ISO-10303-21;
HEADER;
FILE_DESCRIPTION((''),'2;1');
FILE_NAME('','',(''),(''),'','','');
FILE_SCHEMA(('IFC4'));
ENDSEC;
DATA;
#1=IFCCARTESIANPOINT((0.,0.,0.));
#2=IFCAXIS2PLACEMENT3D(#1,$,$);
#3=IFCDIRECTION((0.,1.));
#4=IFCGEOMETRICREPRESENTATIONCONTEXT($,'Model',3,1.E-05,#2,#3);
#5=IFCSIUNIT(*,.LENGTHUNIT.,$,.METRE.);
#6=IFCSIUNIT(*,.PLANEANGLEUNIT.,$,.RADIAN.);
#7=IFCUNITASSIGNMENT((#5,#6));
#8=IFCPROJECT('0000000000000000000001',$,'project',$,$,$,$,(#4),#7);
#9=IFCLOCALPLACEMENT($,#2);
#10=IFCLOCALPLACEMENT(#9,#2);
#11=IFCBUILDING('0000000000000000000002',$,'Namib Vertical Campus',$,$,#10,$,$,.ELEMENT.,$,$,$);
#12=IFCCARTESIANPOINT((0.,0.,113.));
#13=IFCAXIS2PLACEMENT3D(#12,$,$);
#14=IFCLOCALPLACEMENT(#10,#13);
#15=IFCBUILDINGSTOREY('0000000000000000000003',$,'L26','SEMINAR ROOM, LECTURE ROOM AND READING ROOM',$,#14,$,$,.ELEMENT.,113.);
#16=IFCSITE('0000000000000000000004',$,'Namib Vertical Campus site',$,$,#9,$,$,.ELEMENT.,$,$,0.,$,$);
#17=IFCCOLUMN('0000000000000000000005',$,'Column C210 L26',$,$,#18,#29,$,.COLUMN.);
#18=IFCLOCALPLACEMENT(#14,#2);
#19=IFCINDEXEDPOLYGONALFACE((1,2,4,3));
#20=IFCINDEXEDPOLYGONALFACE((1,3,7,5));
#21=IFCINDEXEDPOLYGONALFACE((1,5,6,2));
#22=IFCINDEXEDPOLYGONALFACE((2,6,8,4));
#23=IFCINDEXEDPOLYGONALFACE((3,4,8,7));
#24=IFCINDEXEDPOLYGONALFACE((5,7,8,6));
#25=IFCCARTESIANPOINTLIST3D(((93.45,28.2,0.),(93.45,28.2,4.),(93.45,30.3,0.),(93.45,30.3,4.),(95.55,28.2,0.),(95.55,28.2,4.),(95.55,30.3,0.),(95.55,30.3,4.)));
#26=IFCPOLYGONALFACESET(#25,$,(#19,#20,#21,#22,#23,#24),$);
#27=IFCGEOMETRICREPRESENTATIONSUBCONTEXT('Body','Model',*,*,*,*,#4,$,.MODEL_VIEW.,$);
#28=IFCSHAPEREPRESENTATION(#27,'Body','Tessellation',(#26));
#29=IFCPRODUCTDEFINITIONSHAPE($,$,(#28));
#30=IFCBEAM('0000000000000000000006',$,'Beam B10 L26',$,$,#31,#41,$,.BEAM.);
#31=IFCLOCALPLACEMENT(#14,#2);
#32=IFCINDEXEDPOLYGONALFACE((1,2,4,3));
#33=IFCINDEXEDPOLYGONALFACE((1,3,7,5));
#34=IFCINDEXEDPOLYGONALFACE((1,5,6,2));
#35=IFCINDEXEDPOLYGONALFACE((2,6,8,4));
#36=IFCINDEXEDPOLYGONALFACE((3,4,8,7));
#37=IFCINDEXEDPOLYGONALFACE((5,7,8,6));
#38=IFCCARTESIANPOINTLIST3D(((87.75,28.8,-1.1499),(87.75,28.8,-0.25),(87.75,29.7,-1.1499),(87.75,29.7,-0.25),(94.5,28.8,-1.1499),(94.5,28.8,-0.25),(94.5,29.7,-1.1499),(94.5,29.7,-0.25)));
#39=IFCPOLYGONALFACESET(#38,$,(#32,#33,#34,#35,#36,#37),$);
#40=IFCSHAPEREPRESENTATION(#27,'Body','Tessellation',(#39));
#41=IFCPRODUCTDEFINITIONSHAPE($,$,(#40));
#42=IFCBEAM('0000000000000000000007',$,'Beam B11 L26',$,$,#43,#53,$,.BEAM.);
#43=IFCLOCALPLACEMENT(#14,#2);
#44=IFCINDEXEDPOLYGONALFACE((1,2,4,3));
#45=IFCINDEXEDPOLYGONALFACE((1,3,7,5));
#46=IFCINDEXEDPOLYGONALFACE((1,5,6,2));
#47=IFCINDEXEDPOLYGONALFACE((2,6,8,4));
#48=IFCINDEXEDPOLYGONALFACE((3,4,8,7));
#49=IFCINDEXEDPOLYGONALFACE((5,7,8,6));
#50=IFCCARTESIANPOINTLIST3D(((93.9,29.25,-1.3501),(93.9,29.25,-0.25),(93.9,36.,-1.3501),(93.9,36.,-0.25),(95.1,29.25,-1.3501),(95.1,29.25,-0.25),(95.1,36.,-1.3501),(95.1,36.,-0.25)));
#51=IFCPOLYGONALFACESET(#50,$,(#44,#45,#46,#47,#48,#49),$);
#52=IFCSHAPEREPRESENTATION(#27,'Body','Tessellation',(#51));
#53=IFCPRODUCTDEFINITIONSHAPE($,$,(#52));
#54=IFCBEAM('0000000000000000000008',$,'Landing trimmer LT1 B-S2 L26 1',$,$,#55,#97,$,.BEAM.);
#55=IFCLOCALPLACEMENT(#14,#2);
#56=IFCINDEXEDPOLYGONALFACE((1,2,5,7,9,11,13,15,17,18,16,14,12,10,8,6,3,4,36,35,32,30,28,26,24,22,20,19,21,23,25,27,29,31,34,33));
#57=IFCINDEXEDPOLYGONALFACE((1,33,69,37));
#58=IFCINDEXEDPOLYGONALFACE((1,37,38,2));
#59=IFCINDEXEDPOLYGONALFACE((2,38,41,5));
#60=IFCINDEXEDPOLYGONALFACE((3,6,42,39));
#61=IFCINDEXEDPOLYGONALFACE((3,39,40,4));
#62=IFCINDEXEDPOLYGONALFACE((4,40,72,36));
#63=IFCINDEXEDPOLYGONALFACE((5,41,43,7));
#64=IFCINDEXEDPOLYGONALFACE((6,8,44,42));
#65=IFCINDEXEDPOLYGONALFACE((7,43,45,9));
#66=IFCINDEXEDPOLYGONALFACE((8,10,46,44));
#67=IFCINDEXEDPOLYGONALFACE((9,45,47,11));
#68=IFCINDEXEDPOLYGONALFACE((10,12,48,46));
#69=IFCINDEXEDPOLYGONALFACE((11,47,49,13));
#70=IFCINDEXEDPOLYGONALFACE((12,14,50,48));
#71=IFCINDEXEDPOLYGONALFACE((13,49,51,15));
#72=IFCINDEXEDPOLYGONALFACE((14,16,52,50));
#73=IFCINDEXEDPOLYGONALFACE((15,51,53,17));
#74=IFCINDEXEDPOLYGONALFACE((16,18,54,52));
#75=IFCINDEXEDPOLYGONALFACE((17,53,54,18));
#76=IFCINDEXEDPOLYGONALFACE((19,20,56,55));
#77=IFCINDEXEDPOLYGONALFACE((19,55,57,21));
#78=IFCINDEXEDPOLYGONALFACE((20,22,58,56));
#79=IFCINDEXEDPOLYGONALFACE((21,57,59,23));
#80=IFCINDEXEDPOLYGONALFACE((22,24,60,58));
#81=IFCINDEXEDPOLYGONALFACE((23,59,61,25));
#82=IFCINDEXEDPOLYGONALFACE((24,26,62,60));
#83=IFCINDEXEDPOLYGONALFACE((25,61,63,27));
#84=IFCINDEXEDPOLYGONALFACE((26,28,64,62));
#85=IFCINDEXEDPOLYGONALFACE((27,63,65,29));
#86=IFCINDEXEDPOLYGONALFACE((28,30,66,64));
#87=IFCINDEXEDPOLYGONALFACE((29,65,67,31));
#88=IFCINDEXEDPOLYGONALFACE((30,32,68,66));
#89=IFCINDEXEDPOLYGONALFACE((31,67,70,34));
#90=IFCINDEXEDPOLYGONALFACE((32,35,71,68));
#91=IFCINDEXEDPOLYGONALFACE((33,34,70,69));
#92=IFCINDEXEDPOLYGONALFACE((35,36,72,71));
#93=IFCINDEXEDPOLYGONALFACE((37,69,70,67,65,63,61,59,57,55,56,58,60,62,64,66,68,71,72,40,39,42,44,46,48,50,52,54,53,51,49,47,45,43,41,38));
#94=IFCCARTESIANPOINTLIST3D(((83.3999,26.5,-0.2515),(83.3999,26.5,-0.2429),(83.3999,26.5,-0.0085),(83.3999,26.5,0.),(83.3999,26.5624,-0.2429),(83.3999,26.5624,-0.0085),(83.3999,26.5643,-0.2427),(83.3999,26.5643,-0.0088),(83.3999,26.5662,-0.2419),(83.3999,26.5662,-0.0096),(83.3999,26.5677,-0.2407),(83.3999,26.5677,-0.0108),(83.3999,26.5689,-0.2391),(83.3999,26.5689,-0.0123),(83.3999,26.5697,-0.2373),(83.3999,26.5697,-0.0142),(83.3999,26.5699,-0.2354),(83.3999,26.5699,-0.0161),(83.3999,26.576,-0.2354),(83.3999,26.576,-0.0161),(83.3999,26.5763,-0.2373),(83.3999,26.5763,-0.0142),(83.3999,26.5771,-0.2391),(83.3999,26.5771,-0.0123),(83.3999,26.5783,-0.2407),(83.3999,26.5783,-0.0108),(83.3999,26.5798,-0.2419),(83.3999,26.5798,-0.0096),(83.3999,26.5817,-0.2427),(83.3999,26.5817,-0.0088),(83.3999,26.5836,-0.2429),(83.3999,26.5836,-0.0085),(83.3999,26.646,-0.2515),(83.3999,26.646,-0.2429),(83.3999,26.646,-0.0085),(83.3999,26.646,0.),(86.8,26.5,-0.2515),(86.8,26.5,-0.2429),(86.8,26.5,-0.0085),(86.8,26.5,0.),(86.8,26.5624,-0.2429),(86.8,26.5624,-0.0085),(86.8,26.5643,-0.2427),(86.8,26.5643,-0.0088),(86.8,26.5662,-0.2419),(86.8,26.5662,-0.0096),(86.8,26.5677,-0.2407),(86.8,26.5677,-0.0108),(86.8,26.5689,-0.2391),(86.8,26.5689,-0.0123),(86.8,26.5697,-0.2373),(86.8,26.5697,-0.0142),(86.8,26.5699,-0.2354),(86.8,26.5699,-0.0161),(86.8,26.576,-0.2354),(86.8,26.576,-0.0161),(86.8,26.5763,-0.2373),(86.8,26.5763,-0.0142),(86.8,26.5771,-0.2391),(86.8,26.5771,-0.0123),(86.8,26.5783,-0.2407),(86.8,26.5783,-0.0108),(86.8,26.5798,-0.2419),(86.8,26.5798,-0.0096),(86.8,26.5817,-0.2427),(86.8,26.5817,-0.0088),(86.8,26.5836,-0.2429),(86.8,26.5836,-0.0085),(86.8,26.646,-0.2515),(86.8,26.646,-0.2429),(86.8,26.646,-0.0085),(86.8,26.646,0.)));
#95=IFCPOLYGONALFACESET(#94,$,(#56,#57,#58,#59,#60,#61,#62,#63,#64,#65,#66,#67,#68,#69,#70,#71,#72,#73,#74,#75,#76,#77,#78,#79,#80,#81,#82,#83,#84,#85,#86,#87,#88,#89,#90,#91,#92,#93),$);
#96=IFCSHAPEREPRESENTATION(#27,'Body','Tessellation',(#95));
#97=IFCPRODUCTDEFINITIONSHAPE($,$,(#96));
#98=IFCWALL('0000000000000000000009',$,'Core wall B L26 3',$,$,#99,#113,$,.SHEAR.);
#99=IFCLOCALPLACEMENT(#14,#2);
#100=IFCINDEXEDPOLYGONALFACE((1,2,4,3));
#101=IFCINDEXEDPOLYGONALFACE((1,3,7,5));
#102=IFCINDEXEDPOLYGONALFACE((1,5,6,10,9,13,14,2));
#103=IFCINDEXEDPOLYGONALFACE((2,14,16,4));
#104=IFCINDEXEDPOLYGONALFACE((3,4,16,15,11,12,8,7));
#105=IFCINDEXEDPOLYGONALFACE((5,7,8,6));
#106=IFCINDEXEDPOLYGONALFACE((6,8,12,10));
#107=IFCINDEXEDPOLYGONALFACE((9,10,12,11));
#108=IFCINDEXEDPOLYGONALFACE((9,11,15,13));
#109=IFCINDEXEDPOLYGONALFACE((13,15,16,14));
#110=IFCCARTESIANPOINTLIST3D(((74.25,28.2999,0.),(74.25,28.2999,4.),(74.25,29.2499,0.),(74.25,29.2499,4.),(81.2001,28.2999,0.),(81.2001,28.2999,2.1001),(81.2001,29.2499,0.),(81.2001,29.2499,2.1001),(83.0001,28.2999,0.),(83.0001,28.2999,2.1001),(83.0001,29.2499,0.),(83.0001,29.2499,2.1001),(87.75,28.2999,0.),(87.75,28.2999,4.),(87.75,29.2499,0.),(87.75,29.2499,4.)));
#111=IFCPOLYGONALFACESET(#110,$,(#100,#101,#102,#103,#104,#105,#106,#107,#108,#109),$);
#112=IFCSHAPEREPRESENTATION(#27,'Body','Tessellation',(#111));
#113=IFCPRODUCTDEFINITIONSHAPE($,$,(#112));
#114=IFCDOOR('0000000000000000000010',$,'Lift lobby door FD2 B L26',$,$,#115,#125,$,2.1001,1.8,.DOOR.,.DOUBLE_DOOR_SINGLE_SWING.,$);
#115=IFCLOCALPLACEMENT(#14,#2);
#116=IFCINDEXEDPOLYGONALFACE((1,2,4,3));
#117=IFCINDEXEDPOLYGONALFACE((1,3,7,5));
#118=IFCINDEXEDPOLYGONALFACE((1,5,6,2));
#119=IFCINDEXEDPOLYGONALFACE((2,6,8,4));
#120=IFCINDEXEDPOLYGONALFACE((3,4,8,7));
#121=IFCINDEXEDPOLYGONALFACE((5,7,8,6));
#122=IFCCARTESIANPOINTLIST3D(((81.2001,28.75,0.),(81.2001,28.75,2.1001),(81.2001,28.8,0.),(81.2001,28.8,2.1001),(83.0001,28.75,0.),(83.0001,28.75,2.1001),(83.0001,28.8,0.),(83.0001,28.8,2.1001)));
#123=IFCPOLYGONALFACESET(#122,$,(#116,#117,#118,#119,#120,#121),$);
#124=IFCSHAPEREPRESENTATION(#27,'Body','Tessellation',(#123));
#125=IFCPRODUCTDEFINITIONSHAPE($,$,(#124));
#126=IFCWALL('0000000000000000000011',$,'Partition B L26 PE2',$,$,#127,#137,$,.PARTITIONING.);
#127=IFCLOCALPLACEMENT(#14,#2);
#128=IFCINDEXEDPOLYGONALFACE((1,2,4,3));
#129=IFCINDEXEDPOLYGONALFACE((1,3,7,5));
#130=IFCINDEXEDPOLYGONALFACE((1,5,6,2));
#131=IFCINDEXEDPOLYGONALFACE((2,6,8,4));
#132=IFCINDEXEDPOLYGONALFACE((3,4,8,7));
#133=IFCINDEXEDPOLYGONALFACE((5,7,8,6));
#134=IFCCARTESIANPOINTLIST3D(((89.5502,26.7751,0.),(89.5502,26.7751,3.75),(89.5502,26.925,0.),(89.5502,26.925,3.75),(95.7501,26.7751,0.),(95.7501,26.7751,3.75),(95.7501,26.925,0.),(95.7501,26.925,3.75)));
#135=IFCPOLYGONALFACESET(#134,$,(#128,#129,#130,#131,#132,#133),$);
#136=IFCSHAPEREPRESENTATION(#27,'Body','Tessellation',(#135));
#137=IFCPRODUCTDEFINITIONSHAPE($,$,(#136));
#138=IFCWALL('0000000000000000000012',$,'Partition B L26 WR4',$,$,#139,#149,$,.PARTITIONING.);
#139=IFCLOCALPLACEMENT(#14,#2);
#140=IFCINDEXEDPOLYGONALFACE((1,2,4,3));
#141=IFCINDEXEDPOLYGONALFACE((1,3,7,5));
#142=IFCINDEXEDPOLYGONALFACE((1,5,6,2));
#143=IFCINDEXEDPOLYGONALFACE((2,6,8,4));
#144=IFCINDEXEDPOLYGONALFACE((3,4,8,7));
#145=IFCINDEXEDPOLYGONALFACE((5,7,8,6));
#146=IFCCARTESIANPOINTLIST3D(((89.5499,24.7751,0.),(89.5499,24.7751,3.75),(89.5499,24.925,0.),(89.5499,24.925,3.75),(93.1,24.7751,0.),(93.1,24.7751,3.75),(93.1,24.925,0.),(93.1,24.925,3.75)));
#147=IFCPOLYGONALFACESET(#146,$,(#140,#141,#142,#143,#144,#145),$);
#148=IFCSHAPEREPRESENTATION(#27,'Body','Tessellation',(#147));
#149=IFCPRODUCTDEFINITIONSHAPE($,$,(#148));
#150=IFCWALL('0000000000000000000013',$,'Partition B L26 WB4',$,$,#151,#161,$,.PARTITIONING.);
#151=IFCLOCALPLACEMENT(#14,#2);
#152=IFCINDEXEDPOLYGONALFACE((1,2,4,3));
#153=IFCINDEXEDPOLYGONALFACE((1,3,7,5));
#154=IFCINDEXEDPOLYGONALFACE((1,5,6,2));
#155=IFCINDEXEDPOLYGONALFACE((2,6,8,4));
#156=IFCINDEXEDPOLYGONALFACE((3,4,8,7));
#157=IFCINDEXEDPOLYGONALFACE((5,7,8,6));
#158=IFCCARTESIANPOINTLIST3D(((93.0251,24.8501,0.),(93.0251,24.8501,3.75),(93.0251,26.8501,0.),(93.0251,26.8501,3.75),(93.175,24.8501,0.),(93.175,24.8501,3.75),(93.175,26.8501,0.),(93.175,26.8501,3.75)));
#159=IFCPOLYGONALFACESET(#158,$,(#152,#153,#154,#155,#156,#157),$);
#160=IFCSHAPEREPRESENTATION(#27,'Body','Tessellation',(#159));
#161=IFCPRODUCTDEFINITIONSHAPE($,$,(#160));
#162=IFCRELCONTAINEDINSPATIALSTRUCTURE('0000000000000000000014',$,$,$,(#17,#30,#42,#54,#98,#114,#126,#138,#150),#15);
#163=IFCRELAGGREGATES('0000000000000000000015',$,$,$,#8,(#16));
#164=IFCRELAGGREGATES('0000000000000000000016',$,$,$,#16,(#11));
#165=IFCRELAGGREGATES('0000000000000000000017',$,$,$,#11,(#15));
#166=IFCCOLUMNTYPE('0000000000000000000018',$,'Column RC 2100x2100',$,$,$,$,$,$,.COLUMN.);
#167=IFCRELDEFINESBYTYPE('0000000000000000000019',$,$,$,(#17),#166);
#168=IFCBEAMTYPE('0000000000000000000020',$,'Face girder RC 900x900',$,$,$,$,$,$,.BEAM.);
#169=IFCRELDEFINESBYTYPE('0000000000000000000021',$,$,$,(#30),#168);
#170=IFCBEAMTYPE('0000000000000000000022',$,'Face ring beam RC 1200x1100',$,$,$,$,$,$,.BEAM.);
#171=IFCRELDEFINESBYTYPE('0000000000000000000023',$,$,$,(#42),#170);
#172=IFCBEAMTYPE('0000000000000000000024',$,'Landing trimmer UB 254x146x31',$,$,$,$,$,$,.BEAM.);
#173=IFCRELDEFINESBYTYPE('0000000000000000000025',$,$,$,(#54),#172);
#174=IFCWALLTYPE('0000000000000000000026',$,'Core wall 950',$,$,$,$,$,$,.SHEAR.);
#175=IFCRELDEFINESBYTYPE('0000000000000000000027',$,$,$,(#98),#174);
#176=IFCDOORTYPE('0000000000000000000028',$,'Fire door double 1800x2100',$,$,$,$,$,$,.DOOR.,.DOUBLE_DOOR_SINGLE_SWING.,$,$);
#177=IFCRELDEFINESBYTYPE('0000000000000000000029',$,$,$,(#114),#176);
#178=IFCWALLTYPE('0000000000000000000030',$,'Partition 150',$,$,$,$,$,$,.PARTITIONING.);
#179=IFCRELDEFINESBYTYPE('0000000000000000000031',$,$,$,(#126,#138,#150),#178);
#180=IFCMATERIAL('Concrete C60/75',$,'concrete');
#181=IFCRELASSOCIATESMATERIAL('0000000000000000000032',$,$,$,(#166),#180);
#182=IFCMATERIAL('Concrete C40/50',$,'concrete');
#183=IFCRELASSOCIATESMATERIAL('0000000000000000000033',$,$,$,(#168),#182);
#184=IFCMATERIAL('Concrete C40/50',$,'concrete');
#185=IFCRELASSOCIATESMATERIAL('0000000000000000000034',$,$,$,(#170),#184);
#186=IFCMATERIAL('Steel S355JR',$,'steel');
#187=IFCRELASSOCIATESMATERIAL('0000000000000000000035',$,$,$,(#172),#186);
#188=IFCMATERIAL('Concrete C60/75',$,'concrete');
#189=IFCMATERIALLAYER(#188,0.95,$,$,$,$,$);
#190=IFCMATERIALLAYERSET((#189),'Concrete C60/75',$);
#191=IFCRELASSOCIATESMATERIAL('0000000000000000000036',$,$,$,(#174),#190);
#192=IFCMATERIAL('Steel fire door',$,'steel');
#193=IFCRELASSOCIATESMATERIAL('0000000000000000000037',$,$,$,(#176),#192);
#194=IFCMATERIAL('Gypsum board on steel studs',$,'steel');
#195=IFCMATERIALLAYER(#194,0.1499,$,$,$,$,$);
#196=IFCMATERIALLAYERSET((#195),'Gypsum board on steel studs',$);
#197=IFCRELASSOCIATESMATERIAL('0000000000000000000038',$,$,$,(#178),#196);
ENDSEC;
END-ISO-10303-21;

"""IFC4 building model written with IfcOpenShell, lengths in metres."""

from ifc_helpers import new_model, si_unit, direction, frame, frame_2d, origin, origin_2d, place, context, subcontext, project, spatial, rectangle, i_section, extrude, material, layer, layer_set, material_profile, profile_set, type_object, element, fill, save


model = new_model("IFC4")

# Units and contexts
model_context = context("Model", 3, precision=1e-05, world=origin(), true_north=direction((0.0, 1.0)))
body_context = subcontext(model_context, "Body", "Model", "MODEL_VIEW")
ifc_project = project(units=[si_unit("LENGTHUNIT", "METRE"), si_unit("PLANEANGLEUNIT", "RADIAN")], contexts=[model_context])

# Site, building, storey
site_placement = place(None, origin())
site = spatial("IfcSite", under=ifc_project, at=site_placement, Name="Namib Vertical Campus site", CompositionType="ELEMENT", RefElevation=0.0)
building_placement = place(site_placement, origin())
building = spatial("IfcBuilding", under=site, at=building_placement, Name="Namib Vertical Campus", CompositionType="ELEMENT")
storey_placement = place(building_placement, frame((0.0, 0.0, 113.0)))
storey = spatial("IfcBuildingStorey", under=building, at=storey_placement, Name="L26", Description="SEMINAR ROOM, LECTURE ROOM AND READING ROOM", CompositionType="ELEMENT", Elevation=113.0)

# Column
ifc_material_1 = material(Name="Concrete C60/75", Category="concrete")
ifc_material_profile_1 = material_profile(ifc_material_1, rectangle(XDim=2.1001, YDim=2.1001, at=origin_2d()))
ifc_profile_set_1 = profile_set([ifc_material_profile_1], Name="Concrete C60/75")
column_type = type_object("IfcColumnType", Name="Column RC 2100x2100", PredefinedType="COLUMN", material=ifc_profile_set_1)
column_placement = place(storey_placement, frame((94.5, 29.25, 0.0), z_axis=(0.0, 0.0, 1.0), x_axis=(1.0, 0.0, 0.0)))
element("IfcColumn", 1, at=column_placement, inside=storey, type_object=column_type, Name="Column C210 L26", PredefinedType="COLUMN", context=body_context, shape_type="SweptSolid", body=[
    extrude(rectangle(XDim=2.1001, YDim=2.1001, at=origin_2d()), origin(), (0.0, 0.0, 1.0), 4.0),
])

# Beams
ifc_material_2 = material(Name="Concrete C40/50", Category="concrete")
ifc_material_profile_2 = material_profile(ifc_material_2, rectangle(XDim=0.8999, YDim=0.8999, at=origin_2d()))
ifc_profile_set_2 = profile_set([ifc_material_profile_2], Name="Concrete C40/50")
beam_type_1 = type_object("IfcBeamType", Name="Face girder RC 900x900", PredefinedType="BEAM", material=ifc_profile_set_2)
beam_1_placement = place(storey_placement, frame((94.5, 29.25, -0.7), z_axis=(-1.0, 0.0, 0.0), x_axis=(0.0, -1.0, 0.0)))
element("IfcBeam", 2, at=beam_1_placement, inside=storey, type_object=beam_type_1, Name="Beam B10 L26", PredefinedType="BEAM", context=body_context, shape_type="SweptSolid", body=[
    extrude(rectangle(XDim=0.8999, YDim=0.8999, at=origin_2d()), origin(), (0.0, 0.0, 1.0), 6.75),
])
ifc_material_3 = material(Name="Concrete C40/50", Category="concrete")
ifc_material_profile_3 = material_profile(ifc_material_3, rectangle(XDim=1.2, YDim=1.1001, at=origin_2d()))
ifc_profile_set_3 = profile_set([ifc_material_profile_3], Name="Concrete C40/50")
beam_type_2 = type_object("IfcBeamType", Name="Face ring beam RC 1200x1100", PredefinedType="BEAM", material=ifc_profile_set_3)
beam_2_placement = place(storey_placement, frame((94.5, 29.25, -0.8), z_axis=(0.0, 1.0, 0.0), x_axis=(-1.0, 0.0, 0.0)))
element("IfcBeam", 3, at=beam_2_placement, inside=storey, type_object=beam_type_2, Name="Beam B11 L26", PredefinedType="BEAM", context=body_context, shape_type="SweptSolid", body=[
    extrude(rectangle(XDim=1.2, YDim=1.1001, at=origin_2d()), origin(), (0.0, 0.0, 1.0), 6.75),
])
ifc_material_4 = material(Name="Steel S355JR", Category="steel")
ifc_material_profile_4 = material_profile(ifc_material_4, i_section(OverallWidth=0.146, OverallDepth=0.2515, WebThickness=0.0061, FlangeThickness=0.0085, FilletRadius=0.0076, at=origin_2d()))
ifc_profile_set_4 = profile_set([ifc_material_profile_4], Name="Steel S355JR")
beam_type_3 = type_object("IfcBeamType", Name="Landing trimmer UB 254x146x31", PredefinedType="BEAM", material=ifc_profile_set_4)
beam_3_placement = place(storey_placement, frame((83.3999, 26.573, -0.1257), z_axis=(1.0, 0.0, 0.0), x_axis=(0.0, 1.0, 0.0)))
element("IfcBeam", 4, at=beam_3_placement, inside=storey, type_object=beam_type_3, Name="Landing trimmer LT1 B-S2 L26 1", PredefinedType="BEAM", context=body_context, shape_type="SweptSolid", body=[
    extrude(i_section(OverallWidth=0.146, OverallDepth=0.2515, WebThickness=0.0061, FlangeThickness=0.0085, FilletRadius=0.0076, at=origin_2d()), origin(), (0.0, 0.0, 1.0), 3.4001),
])

# Wall, opening, door
ifc_material_5 = material(Name="Concrete C60/75", Category="concrete")
ifc_layer_1 = layer(ifc_material_5, 0.95)
ifc_layer_set_1 = layer_set([ifc_layer_1], Name="Concrete C60/75")
wall_type_1 = type_object("IfcWallType", Name="Core wall 950", PredefinedType="SHEAR", material=ifc_layer_set_1)
wall_1_placement = place(storey_placement, frame((87.75, 28.7749, 0.0), z_axis=(0.0, 0.0, 1.0), x_axis=(-1.0, 0.0, 0.0)))
wall_1 = element("IfcWall", 5, at=wall_1_placement, inside=storey, type_object=wall_type_1, Name="Core wall B L26 3", PredefinedType="SHEAR", context=body_context, shape_type="SweptSolid", body=[
    extrude(rectangle(XDim=13.5, YDim=0.95, at=frame_2d((6.75, 0.0))), origin(), (0.0, 0.0, 1.0), 4.0),
])
opening_placement = place(wall_1_placement, frame((4.75, 0.0, 0.0)))
opening = element("IfcOpeningElement", 6, at=opening_placement, cuts=wall_1, PredefinedType="OPENING", context=body_context, shape_type="SweptSolid", body=[
    extrude(rectangle(XDim=1.8, YDim=2.1001, at=frame_2d((0.8999, 1.05))), frame((0.0, 0.4849, 0.0), z_axis=(0.0, -1.0, 0.0), x_axis=(1.0, 0.0, 0.0)), (0.0, 0.0, 1.0), 0.97),
])
ifc_material_6 = material(Name="Steel fire door", Category="steel")
door_type = type_object("IfcDoorType", Name="Fire door double 1800x2100", OperationType="DOUBLE_DOOR_SINGLE_SWING", PredefinedType="DOOR", material=ifc_material_6)
door_placement = place(opening_placement, origin())
door = element("IfcDoor", 7, at=door_placement, inside=storey, type_object=door_type, Name="Lift lobby door FD2 B L26", OperationType="DOUBLE_DOOR_SINGLE_SWING", OverallHeight=2.1001, OverallWidth=1.8, PredefinedType="DOOR", context=body_context, shape_type="SweptSolid", body=[
    extrude(rectangle(XDim=1.8, YDim=2.1001, at=frame_2d((0.8999, 1.05))), frame((0.0, 0.0249, 0.0), z_axis=(0.0, -1.0, 0.0), x_axis=(1.0, 0.0, 0.0)), (0.0, 0.0, 1.0), 0.05),
])
fill(opening, door)

# Walls
ifc_material_7 = material(Name="Gypsum board on steel studs", Category="steel")
ifc_layer_2 = layer(ifc_material_7, 0.1499)
ifc_layer_set_2 = layer_set([ifc_layer_2], Name="Gypsum board on steel studs")
wall_type_2 = type_object("IfcWallType", Name="Partition 150", PredefinedType="PARTITIONING", material=ifc_layer_set_2)
wall_2_placement = place(storey_placement, frame((89.55, 26.8501, 0.0), z_axis=(0.0, 0.0, 1.0), x_axis=(1.0, 0.0, 0.0)))
element("IfcWall", 8, at=wall_2_placement, inside=storey, type_object=wall_type_2, Name="Partition B L26 PE2", PredefinedType="PARTITIONING", context=body_context, shape_type="SweptSolid", body=[
    extrude(rectangle(XDim=6.2, YDim=0.1499, at=frame_2d((3.1001, 0.0))), origin(), (0.0, 0.0, 1.0), 3.75),
])
wall_3_placement = place(storey_placement, frame((89.55, 24.8501, 0.0), z_axis=(0.0, 0.0, 1.0), x_axis=(1.0, 0.0, 0.0)))
element("IfcWall", 9, at=wall_3_placement, inside=storey, type_object=wall_type_2, Name="Partition B L26 WR4", PredefinedType="PARTITIONING", context=body_context, shape_type="SweptSolid", body=[
    extrude(rectangle(XDim=3.55, YDim=0.1499, at=frame_2d((1.7749, 0.0))), origin(), (0.0, 0.0, 1.0), 3.75),
])
wall_4_placement = place(storey_placement, frame((93.1001, 24.8501, 0.0), z_axis=(0.0, 0.0, 1.0), x_axis=(0.0, 1.0, 0.0)))
element("IfcWall", 10, at=wall_4_placement, inside=storey, type_object=wall_type_2, Name="Partition B L26 WB4", PredefinedType="PARTITIONING", context=body_context, shape_type="SweptSolid", body=[
    extrude(rectangle(XDim=2.0, YDim=0.1499, at=frame_2d((1.0, 0.0))), origin(), (0.0, 0.0, 1.0), 3.75),
])

save(model, "model.ifc")
